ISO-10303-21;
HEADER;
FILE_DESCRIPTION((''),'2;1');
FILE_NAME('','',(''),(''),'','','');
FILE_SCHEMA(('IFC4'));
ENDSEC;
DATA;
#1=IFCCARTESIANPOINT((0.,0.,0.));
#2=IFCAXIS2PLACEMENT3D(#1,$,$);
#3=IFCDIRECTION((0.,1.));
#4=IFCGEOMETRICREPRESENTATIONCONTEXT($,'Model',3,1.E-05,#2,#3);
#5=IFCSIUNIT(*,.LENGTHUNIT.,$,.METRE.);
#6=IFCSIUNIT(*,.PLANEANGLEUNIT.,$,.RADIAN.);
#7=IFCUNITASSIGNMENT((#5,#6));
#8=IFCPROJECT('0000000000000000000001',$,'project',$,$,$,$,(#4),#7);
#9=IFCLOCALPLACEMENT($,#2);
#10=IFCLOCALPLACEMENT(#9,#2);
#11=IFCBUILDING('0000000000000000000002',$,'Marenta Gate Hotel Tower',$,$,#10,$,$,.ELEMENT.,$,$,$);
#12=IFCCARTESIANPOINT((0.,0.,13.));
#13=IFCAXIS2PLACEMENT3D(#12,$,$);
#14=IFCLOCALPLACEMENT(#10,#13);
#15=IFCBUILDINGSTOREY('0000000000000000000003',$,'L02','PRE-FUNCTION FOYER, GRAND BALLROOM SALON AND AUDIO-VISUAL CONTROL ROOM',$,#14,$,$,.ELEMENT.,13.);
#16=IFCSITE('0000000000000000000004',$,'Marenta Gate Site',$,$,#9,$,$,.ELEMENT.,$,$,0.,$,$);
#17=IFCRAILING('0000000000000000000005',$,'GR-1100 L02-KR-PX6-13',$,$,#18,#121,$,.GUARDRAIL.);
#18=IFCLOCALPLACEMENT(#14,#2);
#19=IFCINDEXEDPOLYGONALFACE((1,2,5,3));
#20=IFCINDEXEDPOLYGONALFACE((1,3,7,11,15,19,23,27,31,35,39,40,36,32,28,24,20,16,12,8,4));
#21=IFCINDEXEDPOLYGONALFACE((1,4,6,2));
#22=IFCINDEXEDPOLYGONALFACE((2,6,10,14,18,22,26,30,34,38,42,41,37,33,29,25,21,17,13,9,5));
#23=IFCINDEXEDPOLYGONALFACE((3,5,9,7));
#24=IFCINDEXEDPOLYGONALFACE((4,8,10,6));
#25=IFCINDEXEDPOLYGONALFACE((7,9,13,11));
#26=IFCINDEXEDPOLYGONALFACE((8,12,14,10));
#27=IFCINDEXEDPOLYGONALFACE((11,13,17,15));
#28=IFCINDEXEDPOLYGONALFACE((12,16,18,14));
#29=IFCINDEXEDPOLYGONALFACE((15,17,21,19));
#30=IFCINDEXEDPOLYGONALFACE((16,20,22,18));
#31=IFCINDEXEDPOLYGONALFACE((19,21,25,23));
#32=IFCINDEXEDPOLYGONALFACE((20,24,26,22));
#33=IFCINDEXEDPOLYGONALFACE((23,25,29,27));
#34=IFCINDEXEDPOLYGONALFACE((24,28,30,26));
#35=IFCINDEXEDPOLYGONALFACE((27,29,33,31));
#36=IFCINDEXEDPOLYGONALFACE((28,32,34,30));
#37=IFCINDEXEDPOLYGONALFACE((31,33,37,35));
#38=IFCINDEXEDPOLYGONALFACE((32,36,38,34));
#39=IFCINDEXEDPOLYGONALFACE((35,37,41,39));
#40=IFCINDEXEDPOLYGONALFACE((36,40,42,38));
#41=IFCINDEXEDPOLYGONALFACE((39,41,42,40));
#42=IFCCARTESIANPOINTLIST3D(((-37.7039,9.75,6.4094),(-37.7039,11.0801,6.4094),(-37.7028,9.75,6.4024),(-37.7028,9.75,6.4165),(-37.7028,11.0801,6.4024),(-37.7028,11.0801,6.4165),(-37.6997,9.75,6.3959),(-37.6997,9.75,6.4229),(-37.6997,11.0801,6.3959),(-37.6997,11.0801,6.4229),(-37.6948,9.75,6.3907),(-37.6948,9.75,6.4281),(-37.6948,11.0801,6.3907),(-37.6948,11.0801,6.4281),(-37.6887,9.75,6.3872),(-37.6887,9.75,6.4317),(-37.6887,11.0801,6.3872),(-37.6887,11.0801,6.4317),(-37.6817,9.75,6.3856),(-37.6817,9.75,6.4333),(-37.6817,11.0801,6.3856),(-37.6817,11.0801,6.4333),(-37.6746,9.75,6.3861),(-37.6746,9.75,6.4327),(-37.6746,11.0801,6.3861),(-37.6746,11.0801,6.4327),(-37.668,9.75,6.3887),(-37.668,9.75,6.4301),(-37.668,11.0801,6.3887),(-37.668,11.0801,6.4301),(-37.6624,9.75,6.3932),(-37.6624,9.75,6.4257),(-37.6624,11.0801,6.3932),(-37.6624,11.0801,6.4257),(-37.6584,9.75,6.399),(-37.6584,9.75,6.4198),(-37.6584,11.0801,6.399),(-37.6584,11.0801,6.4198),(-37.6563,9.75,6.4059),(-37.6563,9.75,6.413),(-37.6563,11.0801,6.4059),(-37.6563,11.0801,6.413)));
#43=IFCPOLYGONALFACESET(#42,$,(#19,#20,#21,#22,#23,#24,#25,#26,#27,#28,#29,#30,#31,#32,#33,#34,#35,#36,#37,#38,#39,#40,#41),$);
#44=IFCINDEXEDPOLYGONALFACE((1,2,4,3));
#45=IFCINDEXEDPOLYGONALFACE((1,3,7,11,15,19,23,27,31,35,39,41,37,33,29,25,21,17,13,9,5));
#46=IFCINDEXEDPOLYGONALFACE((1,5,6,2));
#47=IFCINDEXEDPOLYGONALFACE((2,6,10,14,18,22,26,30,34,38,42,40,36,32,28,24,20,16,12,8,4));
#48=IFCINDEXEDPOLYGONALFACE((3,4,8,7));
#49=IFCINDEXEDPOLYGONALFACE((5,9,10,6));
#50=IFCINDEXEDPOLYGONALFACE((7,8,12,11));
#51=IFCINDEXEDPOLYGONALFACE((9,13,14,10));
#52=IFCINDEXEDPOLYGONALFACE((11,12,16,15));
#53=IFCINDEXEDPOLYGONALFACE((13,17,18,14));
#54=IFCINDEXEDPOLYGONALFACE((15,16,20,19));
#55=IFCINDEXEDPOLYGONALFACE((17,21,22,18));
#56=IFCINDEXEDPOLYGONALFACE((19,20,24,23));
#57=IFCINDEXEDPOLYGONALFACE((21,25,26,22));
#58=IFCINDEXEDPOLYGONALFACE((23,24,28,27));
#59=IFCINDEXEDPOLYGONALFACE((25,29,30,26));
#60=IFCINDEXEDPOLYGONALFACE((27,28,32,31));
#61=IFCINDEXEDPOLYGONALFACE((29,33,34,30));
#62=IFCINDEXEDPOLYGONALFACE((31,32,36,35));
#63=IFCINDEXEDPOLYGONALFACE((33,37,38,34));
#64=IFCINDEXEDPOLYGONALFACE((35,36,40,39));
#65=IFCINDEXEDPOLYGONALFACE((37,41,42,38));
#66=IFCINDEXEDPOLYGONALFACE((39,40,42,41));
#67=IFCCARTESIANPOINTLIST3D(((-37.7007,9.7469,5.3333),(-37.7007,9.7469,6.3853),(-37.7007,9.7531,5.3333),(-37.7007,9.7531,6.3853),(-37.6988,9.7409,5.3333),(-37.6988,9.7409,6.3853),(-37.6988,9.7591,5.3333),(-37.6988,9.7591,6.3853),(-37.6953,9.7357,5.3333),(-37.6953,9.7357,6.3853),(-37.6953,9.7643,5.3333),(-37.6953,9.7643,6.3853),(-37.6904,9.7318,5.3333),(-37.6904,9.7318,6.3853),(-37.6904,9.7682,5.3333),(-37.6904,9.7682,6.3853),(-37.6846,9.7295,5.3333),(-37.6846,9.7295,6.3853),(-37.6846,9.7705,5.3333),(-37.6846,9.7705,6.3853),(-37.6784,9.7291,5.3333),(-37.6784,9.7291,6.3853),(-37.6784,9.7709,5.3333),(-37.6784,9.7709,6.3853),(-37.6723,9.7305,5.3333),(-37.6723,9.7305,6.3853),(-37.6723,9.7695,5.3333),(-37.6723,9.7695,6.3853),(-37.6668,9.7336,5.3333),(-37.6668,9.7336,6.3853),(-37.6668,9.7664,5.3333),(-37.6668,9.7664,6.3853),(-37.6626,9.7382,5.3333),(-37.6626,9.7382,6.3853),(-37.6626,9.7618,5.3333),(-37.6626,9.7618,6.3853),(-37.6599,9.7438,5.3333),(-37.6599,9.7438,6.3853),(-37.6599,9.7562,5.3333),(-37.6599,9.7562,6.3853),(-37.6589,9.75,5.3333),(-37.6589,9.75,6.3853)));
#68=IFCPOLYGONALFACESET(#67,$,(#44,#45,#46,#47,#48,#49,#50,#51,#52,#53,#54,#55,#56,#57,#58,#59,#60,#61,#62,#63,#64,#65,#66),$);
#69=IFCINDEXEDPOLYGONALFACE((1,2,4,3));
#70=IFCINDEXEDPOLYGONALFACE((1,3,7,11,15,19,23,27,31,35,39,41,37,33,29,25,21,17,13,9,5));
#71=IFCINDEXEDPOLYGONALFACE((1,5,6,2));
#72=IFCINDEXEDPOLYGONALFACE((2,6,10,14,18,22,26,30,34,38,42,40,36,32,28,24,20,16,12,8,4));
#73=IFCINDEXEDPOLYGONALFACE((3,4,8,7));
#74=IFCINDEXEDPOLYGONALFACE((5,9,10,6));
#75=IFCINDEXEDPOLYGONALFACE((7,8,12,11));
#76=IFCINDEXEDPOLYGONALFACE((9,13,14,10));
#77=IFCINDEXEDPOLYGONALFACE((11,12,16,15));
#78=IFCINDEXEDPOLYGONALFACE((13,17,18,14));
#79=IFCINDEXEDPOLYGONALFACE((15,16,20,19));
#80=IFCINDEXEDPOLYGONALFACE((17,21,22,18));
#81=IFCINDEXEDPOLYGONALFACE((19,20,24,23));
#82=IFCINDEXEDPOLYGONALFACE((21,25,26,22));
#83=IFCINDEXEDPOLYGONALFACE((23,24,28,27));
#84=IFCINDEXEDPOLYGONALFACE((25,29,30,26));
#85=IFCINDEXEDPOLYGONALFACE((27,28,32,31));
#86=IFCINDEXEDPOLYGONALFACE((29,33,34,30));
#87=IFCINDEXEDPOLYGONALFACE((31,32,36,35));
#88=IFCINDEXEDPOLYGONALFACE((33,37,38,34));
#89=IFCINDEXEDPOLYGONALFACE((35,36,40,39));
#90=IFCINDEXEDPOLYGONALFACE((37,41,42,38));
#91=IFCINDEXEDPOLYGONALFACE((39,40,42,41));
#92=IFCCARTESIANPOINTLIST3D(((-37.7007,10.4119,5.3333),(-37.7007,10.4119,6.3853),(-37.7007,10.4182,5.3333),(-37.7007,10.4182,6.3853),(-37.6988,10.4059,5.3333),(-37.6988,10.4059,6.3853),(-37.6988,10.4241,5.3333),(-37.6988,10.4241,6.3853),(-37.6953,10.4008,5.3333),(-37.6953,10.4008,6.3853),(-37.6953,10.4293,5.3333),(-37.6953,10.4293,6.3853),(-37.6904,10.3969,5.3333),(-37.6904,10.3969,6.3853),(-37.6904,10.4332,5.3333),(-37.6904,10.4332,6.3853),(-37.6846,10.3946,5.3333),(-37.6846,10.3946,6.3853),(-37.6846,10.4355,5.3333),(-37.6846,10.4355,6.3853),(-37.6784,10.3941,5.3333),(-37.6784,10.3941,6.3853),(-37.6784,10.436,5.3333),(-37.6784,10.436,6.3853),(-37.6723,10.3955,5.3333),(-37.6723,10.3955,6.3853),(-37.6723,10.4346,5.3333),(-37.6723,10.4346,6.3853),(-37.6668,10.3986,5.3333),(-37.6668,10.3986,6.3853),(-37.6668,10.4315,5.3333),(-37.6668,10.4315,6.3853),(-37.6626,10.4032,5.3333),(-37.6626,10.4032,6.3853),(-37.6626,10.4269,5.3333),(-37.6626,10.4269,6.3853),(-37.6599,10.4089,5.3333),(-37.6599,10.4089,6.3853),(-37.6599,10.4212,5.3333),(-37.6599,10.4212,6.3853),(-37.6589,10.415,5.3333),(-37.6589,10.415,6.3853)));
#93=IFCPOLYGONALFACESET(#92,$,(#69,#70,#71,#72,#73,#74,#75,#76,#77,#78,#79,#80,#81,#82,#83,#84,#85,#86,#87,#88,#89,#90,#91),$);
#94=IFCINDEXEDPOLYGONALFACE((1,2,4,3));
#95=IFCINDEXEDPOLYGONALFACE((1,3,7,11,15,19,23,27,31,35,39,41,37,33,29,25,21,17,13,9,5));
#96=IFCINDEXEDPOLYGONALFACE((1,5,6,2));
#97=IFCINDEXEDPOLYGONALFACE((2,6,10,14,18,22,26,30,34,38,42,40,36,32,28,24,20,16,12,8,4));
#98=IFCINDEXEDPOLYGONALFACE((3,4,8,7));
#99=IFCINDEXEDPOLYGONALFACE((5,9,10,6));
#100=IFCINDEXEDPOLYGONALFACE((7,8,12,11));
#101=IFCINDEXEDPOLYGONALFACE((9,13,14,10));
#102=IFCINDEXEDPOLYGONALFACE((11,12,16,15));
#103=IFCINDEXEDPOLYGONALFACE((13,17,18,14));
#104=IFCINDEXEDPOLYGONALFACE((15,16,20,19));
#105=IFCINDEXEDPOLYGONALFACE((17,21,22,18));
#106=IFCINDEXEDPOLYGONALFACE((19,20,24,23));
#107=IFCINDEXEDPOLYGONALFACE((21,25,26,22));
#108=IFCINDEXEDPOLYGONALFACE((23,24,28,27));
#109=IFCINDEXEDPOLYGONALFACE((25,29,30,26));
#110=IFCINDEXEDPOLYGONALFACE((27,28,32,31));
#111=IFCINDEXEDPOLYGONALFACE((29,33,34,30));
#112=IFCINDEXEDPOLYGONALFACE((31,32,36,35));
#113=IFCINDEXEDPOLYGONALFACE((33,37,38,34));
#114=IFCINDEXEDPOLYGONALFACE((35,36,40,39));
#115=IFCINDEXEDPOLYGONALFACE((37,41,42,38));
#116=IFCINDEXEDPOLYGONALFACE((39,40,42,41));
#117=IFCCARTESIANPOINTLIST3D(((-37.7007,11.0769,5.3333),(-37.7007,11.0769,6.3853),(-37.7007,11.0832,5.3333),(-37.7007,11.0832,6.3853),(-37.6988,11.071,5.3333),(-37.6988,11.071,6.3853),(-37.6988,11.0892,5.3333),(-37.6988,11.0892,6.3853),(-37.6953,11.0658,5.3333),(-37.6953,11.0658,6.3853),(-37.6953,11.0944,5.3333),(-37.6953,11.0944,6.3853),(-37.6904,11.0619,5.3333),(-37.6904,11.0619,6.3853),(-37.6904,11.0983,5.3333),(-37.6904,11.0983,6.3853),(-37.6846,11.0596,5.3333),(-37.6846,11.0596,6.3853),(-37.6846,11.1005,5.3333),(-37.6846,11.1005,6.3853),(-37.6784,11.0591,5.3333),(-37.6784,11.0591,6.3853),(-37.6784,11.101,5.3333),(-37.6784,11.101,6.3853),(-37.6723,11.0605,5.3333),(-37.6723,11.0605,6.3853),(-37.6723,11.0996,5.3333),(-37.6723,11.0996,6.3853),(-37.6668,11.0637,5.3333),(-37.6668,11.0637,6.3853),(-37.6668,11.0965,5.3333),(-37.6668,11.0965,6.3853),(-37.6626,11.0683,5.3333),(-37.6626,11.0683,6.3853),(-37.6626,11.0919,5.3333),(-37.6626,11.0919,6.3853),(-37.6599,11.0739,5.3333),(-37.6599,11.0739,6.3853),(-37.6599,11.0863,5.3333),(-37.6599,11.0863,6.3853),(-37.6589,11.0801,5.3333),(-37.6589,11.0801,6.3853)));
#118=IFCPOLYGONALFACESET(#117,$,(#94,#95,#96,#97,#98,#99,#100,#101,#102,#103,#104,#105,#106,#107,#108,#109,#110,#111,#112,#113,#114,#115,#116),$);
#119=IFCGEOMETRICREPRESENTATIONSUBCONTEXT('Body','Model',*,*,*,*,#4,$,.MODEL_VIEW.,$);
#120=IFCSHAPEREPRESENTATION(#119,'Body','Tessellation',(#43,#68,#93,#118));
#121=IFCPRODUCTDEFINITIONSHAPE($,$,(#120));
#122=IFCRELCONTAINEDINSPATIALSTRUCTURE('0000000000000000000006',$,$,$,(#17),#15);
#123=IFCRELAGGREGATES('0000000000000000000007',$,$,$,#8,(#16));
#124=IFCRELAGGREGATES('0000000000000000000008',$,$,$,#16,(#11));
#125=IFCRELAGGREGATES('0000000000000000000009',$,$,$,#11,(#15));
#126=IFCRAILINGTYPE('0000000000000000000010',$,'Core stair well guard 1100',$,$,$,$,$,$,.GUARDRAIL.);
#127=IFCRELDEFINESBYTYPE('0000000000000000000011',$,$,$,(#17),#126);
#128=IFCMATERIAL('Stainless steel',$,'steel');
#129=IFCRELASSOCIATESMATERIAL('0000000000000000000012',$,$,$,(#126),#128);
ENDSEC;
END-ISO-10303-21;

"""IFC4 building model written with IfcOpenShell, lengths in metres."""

from ifc_helpers import new_model, si_unit, direction, frame, origin, origin_2d, place, context, subcontext, project, spatial, circle, extrude, material, type_object, element, save


model = new_model("IFC4")

# Units and contexts
model_context = context("Model", 3, precision=1e-05, world=origin(), true_north=direction((0.0, 1.0)))
body_context = subcontext(model_context, "Body", "Model", "MODEL_VIEW")
ifc_project = project(units=[si_unit("LENGTHUNIT", "METRE"), si_unit("PLANEANGLEUNIT", "RADIAN")], contexts=[model_context])

# Site, building, storey
site_placement = place(None, origin())
site = spatial("IfcSite", under=ifc_project, at=site_placement, Name="Marenta Gate Site", CompositionType="ELEMENT", RefElevation=0.0)
building_placement = place(site_placement, origin())
building = spatial("IfcBuilding", under=site, at=building_placement, Name="Marenta Gate Hotel Tower", CompositionType="ELEMENT")
storey_placement = place(building_placement, frame((0.0, 0.0, 13.0)))
storey = spatial("IfcBuildingStorey", under=building, at=storey_placement, Name="L02", Description="PRE-FUNCTION FOYER, GRAND BALLROOM SALON AND AUDIO-VISUAL CONTROL ROOM", CompositionType="ELEMENT", Elevation=13.0)

# Railing
ifc_material_1 = material(Name="Stainless steel", Category="steel")
railing_type_1 = type_object("IfcRailingType", Name="Core stair well guard 1100", PredefinedType="GUARDRAIL", material=ifc_material_1)
railing_1_placement = place(storey_placement, frame((-37.6799, 9.75, 5.3333)))
element("IfcRailing", 1, at=railing_1_placement, inside=storey, type_object=railing_type_1, Name="GR-1100 L02-KR-PX6-13", PredefinedType="GUARDRAIL", context=body_context, shape_type="SweptSolid", body=[
    extrude(circle(Radius=0.0239, at=origin_2d()), frame((0.0, 0.0, 1.0762), z_axis=(0.0, 1.0, 0.0), x_axis=(-1.0, 0.0, 0.0)), (0.0, 0.0, 1.0), 1.3301),
    extrude(circle(Radius=0.021, at=origin_2d()), origin(), (0.0, 0.0, 1.0), 1.052),
    extrude(circle(Radius=0.021, at=origin_2d()), frame((0.0, 0.665, 0.0)), (0.0, 0.0, 1.0), 1.052),
    extrude(circle(Radius=0.021, at=origin_2d()), frame((0.0, 1.3301, 0.0)), (0.0, 0.0, 1.0), 1.052),
])

save(model, "model.ifc")
